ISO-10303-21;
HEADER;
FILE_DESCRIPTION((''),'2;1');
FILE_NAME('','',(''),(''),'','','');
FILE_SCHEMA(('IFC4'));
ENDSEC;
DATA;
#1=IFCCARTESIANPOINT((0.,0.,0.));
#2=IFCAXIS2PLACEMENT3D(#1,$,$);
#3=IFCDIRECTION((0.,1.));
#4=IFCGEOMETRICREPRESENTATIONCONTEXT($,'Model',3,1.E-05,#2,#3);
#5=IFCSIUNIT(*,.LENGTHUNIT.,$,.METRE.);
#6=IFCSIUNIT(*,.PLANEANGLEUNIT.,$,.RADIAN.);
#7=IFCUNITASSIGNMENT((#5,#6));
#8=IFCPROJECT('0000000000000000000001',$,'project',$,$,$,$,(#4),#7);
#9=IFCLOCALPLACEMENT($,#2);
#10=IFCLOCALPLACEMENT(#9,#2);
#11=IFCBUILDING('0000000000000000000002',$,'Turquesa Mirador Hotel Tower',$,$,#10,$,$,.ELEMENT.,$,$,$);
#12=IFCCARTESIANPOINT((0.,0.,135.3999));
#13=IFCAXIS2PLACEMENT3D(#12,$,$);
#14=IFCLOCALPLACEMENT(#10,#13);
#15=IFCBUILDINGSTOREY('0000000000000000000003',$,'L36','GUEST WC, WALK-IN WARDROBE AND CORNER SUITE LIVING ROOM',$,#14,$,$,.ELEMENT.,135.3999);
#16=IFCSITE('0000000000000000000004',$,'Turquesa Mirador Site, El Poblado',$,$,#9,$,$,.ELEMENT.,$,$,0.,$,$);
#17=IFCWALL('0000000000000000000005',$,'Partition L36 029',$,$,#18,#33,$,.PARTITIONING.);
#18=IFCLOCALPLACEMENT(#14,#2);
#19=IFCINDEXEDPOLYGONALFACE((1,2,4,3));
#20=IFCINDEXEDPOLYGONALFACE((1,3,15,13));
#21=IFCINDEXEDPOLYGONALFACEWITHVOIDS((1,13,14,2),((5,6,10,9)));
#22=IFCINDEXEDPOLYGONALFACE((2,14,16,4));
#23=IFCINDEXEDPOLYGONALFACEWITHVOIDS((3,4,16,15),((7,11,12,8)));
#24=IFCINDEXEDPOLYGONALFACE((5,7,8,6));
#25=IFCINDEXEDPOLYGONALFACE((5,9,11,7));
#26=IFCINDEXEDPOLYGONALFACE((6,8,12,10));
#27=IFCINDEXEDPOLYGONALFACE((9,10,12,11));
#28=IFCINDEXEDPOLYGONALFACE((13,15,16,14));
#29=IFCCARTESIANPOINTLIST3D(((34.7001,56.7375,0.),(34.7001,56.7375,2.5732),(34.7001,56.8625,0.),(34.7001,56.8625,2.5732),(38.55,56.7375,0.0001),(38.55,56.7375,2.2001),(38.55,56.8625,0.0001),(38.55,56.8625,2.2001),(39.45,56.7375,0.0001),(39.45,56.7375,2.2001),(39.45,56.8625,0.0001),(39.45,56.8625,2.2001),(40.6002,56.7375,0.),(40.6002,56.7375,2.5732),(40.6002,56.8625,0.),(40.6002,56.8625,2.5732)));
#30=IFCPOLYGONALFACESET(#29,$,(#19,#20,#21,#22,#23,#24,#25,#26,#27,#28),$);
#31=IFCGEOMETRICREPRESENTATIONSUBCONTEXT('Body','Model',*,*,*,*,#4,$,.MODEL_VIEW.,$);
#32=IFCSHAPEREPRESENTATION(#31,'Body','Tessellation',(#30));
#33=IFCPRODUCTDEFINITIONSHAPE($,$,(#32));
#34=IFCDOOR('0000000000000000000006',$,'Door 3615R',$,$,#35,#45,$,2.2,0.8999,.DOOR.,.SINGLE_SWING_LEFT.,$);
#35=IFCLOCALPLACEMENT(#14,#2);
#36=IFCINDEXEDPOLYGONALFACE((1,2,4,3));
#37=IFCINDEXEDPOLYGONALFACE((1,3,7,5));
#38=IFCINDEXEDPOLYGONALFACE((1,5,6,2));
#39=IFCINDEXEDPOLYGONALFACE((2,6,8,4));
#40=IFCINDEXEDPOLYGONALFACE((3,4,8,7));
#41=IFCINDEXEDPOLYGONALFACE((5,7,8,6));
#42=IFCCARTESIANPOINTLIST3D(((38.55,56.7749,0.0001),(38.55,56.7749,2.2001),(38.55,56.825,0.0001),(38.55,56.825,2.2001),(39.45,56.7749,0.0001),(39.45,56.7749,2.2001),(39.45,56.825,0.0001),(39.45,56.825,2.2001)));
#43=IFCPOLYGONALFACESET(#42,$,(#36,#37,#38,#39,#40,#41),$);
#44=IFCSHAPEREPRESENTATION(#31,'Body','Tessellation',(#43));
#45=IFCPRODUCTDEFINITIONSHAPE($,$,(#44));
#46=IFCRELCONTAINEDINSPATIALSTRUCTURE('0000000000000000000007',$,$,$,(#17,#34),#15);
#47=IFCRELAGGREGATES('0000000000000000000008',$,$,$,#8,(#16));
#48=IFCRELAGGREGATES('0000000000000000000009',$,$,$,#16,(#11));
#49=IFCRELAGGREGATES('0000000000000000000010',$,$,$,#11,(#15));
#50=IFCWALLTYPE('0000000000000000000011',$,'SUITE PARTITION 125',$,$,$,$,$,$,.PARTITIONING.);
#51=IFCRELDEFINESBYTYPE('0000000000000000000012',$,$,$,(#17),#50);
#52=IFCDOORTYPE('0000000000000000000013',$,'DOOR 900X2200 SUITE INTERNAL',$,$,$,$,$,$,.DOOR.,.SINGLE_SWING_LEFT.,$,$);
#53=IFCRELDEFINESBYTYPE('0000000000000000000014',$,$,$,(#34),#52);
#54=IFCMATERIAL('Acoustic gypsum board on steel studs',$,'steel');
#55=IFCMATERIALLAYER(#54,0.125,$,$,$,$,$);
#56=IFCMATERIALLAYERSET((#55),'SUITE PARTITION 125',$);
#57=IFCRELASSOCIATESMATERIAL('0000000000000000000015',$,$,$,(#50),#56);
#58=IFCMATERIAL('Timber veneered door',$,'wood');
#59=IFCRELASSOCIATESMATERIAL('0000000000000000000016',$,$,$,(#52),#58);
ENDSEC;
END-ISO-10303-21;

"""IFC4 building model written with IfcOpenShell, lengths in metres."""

from ifc_helpers import new_model, si_unit, direction, frame, frame_2d, origin, place, context, subcontext, project, spatial, rectangle, extrude, material, layer, layer_set, type_object, element, fill, save


model = new_model("IFC4")

# Units and contexts
model_context = context("Model", 3, precision=1e-05, world=origin(), true_north=direction((0.0, 1.0)))
body_context = subcontext(model_context, "Body", "Model", "MODEL_VIEW")
ifc_project = project(units=[si_unit("LENGTHUNIT", "METRE"), si_unit("PLANEANGLEUNIT", "RADIAN")], contexts=[model_context])

# Site, building, storey
site_placement = place(None, origin())
site = spatial("IfcSite", under=ifc_project, at=site_placement, Name="Turquesa Mirador Site, El Poblado", CompositionType="ELEMENT", RefElevation=0.0)
building_placement = place(site_placement, origin())
building = spatial("IfcBuilding", under=site, at=building_placement, Name="Turquesa Mirador Hotel Tower", CompositionType="ELEMENT")
storey_placement = place(building_placement, frame((0.0, 0.0, 135.3999)))
storey = spatial("IfcBuildingStorey", under=building, at=storey_placement, Name="L36", Description="GUEST WC, WALK-IN WARDROBE AND CORNER SUITE LIVING ROOM", CompositionType="ELEMENT", Elevation=135.3999)

# Wall, opening, door
ifc_material_1 = material(Name="Acoustic gypsum board on steel studs", Category="steel")
ifc_layer_1 = layer(ifc_material_1, 0.125)
ifc_layer_set_1 = layer_set([ifc_layer_1], Name="SUITE PARTITION 125")
wall_type_1 = type_object("IfcWallType", Name="SUITE PARTITION 125", PredefinedType="PARTITIONING", material=ifc_layer_set_1)
wall_1_placement = place(storey_placement, frame((34.7, 56.8, 0.0), z_axis=(0.0, 0.0, 1.0), x_axis=(1.0, 0.0, 0.0)))
wall_1 = element("IfcWall", 1, at=wall_1_placement, inside=storey, type_object=wall_type_1, Name="Partition L36 029", PredefinedType="PARTITIONING", context=body_context, shape_type="SweptSolid", body=[
    extrude(rectangle(XDim=5.9001, YDim=0.125, at=frame_2d((2.9502, 0.0))), origin(), (0.0, 0.0, 1.0), 2.5732),
])
opening_1_placement = place(wall_1_placement, frame((3.8501, 0.0, 0.0)))
opening_1 = element("IfcOpeningElement", 2, at=opening_1_placement, cuts=wall_1, PredefinedType="OPENING", context=body_context, shape_type="SweptSolid", body=[
    extrude(rectangle(XDim=0.8999, YDim=2.2, at=frame_2d((0.45, 1.1001))), frame((0.0, 0.0725, 0.0), z_axis=(0.0, -1.0, 0.0), x_axis=(1.0, 0.0, 0.0)), (0.0, 0.0, 1.0), 0.145),
])
ifc_material_2 = material(Name="Timber veneered door", Category="wood")
door_type = type_object("IfcDoorType", Name="DOOR 900X2200 SUITE INTERNAL", OperationType="SINGLE_SWING_LEFT", PredefinedType="DOOR", material=ifc_material_2)
door_placement = place(opening_1_placement, origin())
door = element("IfcDoor", 3, at=door_placement, inside=storey, type_object=door_type, Name="Door 3615R", OperationType="SINGLE_SWING_LEFT", OverallHeight=2.2, OverallWidth=0.8999, PredefinedType="DOOR", context=body_context, shape_type="SweptSolid", body=[
    extrude(rectangle(XDim=0.8999, YDim=2.2, at=frame_2d((0.45, 1.1001))), frame((0.0, 0.0249, 0.0), z_axis=(0.0, -1.0, 0.0), x_axis=(1.0, 0.0, 0.0)), (0.0, 0.0, 1.0), 0.05),
])
fill(opening_1, door)

save(model, "model.ifc")
